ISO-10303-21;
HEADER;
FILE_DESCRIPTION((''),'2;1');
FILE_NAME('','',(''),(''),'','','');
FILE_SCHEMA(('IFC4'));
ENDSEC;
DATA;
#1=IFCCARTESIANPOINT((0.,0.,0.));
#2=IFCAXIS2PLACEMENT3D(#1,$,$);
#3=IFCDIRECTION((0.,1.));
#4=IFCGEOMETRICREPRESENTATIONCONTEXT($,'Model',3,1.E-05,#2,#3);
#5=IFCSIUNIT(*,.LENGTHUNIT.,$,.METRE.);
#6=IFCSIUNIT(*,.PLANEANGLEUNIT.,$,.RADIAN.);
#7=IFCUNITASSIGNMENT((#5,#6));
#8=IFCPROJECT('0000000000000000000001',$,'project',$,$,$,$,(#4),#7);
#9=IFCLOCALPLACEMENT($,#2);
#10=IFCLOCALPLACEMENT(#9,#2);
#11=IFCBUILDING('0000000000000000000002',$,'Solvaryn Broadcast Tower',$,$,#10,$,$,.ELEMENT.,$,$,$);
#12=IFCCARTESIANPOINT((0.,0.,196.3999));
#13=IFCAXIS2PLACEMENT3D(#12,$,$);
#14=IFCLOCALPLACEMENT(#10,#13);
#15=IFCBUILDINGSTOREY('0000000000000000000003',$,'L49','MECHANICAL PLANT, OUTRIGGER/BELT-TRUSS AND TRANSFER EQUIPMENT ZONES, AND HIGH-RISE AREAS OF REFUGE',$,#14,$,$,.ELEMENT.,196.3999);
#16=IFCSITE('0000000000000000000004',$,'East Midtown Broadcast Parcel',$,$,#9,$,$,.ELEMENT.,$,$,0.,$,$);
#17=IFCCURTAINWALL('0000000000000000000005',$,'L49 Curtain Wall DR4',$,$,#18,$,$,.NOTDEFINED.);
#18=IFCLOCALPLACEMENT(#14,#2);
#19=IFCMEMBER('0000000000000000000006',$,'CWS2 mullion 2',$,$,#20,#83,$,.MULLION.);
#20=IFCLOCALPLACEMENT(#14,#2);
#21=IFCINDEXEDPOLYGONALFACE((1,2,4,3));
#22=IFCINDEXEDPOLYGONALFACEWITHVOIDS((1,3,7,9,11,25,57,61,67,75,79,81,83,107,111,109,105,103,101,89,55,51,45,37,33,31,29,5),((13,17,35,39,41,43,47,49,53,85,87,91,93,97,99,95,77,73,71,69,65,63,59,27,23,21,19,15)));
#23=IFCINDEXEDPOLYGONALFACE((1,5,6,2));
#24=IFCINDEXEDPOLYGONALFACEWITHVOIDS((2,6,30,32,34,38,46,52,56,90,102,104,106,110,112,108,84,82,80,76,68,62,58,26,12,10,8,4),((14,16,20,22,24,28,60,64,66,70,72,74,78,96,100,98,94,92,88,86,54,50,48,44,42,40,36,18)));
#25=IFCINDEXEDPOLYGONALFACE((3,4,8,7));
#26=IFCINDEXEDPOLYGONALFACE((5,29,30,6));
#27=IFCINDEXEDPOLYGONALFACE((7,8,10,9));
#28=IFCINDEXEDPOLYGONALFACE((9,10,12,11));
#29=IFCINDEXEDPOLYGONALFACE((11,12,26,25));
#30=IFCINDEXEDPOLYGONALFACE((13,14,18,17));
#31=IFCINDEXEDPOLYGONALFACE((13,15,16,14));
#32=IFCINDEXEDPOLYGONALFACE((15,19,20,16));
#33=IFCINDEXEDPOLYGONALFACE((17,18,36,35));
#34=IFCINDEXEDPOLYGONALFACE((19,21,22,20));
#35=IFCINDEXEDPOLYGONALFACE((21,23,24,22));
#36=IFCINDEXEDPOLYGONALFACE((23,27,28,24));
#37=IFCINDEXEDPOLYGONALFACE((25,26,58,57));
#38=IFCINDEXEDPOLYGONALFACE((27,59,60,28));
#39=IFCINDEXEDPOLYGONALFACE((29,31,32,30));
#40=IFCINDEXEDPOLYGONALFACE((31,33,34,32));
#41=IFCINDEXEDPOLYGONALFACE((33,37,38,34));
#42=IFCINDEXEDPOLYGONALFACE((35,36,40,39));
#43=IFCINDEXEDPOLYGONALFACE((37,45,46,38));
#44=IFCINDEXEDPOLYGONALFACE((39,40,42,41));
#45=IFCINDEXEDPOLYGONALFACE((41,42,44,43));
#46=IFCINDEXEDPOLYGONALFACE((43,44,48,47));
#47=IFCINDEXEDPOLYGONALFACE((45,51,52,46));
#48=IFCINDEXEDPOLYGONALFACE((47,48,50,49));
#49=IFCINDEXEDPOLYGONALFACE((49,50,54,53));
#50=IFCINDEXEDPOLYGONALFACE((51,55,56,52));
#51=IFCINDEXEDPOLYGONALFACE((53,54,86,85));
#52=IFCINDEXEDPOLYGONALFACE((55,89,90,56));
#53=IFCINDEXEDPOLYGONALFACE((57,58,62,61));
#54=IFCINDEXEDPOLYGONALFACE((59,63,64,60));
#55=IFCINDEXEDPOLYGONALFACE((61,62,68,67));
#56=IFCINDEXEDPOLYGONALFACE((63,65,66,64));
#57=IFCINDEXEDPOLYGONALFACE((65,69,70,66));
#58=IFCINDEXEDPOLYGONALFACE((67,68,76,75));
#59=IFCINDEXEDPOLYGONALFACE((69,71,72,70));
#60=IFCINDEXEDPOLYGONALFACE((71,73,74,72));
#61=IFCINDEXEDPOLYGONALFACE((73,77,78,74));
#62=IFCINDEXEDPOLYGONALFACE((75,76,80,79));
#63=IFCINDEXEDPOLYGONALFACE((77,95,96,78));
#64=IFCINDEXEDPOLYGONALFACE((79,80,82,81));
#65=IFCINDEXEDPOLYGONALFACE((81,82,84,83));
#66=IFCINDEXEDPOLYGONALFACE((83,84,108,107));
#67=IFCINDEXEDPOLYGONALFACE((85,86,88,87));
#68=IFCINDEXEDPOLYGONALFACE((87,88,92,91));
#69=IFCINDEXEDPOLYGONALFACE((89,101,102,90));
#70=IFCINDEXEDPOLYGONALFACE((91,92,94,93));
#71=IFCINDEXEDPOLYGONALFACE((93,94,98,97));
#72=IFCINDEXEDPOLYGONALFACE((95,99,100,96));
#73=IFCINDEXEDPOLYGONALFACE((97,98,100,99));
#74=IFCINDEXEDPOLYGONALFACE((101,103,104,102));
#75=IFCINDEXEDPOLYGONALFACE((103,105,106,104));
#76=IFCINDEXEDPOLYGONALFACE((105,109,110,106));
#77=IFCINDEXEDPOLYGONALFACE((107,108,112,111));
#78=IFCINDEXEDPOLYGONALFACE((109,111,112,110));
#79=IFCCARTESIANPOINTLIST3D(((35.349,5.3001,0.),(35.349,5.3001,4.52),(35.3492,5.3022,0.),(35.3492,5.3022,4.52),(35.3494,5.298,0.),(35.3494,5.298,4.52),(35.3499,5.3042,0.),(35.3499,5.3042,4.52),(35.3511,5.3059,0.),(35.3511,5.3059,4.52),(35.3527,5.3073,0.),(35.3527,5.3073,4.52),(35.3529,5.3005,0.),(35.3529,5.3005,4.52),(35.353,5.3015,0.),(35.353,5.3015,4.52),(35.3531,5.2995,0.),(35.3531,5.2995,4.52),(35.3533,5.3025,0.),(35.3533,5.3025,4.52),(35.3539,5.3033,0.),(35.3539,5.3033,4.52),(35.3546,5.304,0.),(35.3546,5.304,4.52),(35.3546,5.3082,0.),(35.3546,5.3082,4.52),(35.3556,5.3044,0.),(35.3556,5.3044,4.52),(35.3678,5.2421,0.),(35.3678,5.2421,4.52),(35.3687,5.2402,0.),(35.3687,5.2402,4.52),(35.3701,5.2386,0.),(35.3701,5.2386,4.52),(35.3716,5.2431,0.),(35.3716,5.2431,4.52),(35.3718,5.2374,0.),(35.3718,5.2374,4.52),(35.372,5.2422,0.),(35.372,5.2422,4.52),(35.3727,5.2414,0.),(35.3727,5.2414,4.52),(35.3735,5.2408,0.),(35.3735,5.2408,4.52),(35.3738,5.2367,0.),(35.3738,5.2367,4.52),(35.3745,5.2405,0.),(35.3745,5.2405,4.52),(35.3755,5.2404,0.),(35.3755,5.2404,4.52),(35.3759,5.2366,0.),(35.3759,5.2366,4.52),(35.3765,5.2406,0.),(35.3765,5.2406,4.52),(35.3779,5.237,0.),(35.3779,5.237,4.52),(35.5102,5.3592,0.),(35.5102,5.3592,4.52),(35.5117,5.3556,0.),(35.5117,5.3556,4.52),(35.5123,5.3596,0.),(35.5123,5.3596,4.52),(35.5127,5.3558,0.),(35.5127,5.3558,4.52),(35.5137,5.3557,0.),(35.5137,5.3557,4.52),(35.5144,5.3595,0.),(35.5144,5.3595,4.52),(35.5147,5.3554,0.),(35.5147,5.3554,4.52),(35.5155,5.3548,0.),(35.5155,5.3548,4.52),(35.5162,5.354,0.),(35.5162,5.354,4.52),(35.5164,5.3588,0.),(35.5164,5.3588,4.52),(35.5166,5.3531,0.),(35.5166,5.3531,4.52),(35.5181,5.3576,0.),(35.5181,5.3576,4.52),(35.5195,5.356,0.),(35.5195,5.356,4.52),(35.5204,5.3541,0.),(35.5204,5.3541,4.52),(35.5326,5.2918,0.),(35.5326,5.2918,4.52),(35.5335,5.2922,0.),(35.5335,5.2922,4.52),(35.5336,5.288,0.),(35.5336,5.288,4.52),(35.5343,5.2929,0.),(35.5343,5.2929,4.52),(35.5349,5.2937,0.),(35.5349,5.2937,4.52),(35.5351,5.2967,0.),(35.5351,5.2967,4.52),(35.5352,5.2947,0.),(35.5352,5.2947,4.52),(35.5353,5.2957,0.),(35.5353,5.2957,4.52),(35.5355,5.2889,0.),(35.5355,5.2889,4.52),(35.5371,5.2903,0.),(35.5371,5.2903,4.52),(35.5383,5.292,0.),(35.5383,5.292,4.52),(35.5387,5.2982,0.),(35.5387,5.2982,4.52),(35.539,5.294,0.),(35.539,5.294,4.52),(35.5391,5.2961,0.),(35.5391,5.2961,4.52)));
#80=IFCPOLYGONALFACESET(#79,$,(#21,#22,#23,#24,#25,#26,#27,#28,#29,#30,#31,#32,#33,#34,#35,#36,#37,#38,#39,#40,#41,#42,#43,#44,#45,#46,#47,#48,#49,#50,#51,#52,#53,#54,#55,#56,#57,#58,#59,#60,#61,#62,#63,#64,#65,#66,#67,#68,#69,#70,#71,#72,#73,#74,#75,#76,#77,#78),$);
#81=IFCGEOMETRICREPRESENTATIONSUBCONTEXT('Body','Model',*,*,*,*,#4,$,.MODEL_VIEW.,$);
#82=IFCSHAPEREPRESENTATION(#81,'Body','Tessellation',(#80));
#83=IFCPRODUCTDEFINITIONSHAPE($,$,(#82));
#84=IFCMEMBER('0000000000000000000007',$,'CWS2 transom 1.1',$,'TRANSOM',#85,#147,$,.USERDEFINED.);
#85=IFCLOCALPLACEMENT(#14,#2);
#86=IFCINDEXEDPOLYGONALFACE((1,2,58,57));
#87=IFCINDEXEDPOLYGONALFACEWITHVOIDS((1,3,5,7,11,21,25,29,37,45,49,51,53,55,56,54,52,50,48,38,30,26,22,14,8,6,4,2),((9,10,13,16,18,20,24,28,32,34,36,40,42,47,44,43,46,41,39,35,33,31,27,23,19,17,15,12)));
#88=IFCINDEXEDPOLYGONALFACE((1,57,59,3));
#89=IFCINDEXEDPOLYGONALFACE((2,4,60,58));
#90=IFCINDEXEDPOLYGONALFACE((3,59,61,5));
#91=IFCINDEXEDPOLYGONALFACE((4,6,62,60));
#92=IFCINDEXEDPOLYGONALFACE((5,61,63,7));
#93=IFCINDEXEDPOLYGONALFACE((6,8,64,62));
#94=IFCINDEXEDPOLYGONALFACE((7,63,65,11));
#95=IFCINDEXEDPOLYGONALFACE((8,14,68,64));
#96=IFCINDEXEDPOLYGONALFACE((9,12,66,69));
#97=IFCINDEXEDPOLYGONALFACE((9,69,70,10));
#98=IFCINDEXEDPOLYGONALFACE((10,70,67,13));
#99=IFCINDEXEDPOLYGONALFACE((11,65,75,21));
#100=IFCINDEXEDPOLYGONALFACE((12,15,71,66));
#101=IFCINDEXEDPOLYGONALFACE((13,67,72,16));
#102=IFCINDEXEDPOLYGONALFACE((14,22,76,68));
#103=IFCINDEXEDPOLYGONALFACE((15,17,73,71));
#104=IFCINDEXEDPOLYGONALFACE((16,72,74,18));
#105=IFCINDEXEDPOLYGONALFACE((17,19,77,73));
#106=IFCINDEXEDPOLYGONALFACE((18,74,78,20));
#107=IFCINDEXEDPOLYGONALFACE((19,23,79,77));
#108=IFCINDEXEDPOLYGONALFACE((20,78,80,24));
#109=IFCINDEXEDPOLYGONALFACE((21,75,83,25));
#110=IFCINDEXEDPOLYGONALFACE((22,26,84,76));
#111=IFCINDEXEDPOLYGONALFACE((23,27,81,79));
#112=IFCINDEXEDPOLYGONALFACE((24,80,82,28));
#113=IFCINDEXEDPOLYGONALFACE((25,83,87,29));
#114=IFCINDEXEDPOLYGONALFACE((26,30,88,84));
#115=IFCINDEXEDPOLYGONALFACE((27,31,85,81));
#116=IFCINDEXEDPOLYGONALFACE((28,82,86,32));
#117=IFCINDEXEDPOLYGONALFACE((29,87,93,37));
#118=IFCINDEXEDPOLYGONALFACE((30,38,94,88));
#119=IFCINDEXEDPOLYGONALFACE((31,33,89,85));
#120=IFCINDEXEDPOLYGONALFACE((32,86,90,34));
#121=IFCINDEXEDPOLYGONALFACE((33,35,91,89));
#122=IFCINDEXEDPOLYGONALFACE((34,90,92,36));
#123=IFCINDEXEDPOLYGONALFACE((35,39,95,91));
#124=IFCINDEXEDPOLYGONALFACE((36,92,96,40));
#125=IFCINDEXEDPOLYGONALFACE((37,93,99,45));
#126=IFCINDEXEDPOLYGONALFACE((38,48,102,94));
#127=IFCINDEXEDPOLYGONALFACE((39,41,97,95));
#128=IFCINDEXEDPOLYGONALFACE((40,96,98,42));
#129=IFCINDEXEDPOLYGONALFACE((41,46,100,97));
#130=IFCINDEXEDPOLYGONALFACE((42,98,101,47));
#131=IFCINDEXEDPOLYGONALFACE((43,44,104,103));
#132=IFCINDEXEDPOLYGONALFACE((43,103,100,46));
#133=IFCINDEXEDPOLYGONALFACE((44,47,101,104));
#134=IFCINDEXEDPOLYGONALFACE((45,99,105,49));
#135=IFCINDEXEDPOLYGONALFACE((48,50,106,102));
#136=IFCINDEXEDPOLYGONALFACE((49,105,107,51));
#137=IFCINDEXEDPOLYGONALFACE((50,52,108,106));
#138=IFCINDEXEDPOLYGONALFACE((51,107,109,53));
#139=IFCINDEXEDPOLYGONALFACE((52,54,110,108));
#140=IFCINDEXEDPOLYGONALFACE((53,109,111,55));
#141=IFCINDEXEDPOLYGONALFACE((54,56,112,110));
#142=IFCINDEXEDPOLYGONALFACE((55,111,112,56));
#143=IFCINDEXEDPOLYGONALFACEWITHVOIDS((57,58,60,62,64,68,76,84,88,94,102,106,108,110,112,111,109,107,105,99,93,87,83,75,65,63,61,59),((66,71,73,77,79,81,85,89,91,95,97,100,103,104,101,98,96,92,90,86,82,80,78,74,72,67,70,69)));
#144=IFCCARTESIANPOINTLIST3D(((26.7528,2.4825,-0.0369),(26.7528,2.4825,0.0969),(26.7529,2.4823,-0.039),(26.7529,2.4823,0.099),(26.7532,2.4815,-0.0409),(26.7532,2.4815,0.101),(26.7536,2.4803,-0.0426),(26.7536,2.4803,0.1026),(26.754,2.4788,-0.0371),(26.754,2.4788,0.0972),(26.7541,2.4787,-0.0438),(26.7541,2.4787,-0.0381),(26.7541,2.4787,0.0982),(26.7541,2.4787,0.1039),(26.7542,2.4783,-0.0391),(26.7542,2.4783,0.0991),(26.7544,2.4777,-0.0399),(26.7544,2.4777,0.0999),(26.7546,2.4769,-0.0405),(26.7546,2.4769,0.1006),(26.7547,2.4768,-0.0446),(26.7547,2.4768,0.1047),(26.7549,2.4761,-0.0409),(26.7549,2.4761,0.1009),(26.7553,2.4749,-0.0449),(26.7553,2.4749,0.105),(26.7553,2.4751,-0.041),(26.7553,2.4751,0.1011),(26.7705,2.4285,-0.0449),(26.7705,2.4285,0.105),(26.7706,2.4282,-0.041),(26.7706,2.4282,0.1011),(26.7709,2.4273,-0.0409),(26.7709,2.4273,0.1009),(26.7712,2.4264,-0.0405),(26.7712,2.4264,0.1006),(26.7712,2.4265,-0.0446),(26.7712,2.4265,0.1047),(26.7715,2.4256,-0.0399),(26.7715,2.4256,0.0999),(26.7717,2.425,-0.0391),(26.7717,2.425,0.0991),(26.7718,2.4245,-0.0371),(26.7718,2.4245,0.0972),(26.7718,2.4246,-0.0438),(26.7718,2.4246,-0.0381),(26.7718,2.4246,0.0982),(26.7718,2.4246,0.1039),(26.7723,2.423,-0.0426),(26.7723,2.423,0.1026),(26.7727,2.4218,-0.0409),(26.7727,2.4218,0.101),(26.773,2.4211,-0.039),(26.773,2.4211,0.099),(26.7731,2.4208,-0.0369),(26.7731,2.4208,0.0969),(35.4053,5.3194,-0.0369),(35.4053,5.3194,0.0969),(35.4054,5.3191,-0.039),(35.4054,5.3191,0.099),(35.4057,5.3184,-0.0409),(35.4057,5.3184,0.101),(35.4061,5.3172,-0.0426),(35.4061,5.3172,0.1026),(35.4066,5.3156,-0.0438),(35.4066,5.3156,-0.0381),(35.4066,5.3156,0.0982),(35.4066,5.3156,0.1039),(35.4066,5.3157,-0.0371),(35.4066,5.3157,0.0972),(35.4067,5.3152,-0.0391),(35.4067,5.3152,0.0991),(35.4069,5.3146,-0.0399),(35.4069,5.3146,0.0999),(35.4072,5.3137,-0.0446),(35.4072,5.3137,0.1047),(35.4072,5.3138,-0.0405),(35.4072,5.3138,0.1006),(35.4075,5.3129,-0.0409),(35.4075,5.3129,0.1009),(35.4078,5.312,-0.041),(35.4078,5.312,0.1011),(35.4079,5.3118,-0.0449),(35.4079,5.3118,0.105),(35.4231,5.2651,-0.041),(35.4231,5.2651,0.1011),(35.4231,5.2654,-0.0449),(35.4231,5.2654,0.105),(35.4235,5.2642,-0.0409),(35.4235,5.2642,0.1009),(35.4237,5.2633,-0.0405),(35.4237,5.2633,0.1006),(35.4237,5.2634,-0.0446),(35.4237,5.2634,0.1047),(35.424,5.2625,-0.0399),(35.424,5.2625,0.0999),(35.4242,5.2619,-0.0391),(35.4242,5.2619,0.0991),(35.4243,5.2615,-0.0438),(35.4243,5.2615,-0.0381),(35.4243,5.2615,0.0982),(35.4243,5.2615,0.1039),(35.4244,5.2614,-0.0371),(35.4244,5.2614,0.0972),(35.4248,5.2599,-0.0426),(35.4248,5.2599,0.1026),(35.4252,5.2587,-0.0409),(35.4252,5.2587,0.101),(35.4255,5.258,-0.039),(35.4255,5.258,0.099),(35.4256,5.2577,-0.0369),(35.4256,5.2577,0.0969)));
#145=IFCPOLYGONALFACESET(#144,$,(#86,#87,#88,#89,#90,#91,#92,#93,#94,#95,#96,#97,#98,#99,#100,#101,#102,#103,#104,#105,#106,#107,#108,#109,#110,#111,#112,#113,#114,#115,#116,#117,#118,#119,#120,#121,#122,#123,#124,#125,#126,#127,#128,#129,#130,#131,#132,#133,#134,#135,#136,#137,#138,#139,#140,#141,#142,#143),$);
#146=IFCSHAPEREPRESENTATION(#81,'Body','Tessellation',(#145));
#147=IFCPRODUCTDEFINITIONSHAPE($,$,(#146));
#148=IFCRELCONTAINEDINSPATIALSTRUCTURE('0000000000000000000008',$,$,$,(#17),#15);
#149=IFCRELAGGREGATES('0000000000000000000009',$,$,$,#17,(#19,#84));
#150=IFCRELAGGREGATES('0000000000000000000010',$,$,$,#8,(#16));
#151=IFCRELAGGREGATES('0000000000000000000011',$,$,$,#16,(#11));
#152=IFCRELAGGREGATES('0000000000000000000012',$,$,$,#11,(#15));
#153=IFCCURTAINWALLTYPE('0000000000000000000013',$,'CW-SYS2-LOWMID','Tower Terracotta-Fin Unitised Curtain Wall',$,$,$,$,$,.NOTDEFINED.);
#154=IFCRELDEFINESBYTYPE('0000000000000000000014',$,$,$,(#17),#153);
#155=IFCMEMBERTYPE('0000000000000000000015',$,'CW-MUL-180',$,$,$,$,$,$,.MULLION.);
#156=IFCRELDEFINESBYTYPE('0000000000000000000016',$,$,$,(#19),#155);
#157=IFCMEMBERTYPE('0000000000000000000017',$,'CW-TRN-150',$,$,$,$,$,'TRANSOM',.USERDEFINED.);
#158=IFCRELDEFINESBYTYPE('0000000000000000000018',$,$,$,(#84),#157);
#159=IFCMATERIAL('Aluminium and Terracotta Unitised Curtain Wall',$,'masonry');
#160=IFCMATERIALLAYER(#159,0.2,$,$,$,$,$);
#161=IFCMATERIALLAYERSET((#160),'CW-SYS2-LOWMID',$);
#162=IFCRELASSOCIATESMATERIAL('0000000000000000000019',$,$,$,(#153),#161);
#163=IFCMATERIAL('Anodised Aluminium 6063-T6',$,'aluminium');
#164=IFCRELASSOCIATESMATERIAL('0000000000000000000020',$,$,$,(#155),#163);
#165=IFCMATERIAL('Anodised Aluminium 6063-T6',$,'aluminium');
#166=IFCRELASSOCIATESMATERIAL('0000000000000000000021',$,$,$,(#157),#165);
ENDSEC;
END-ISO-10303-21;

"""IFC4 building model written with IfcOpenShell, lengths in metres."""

from ifc_helpers import new_model, si_unit, direction, frame, origin, origin_2d, place, context, subcontext, project, spatial, hollow_rectangle, extrude, material, layer, layer_set, material_profile, profile_set, type_object, element, aggregate, save


model = new_model("IFC4")

# Units and contexts
model_context = context("Model", 3, precision=1e-05, world=origin(), true_north=direction((0.0, 1.0)))
body_context = subcontext(model_context, "Body", "Model", "MODEL_VIEW")
ifc_project = project(units=[si_unit("LENGTHUNIT", "METRE"), si_unit("PLANEANGLEUNIT", "RADIAN")], contexts=[model_context])

# Site, building, storey
site_placement = place(None, origin())
site = spatial("IfcSite", under=ifc_project, at=site_placement, Name="East Midtown Broadcast Parcel", CompositionType="ELEMENT", RefElevation=0.0)
building_placement = place(site_placement, origin())
building = spatial("IfcBuilding", under=site, at=building_placement, Name="Solvaryn Broadcast Tower", CompositionType="ELEMENT")
storey_placement = place(building_placement, frame((0.0, 0.0, 196.3999)))
storey = spatial("IfcBuildingStorey", under=building, at=storey_placement, Name="L49", Description="MECHANICAL PLANT, OUTRIGGER/BELT-TRUSS AND TRANSFER EQUIPMENT ZONES, AND HIGH-RISE AREAS OF REFUGE", CompositionType="ELEMENT", Elevation=196.3999)

# Shared definitions
ifc_material_1 = material(Name="Aluminium and Terracotta Unitised Curtain Wall", Category="masonry")
ifc_layer_1 = layer(ifc_material_1, 0.2)
ifc_layer_set_1 = layer_set([ifc_layer_1], Name="CW-SYS2-LOWMID")
curtain_wall_type = type_object("IfcCurtainWallType", Name="CW-SYS2-LOWMID", Description="Tower Terracotta-Fin Unitised Curtain Wall", PredefinedType="NOTDEFINED", material=ifc_layer_set_1)
ifc_material_2 = material(Name="Anodised Aluminium 6063-T6", Category="aluminium")
ifc_material_profile_1 = material_profile(ifc_material_2, hollow_rectangle(XDim=0.075, YDim=0.1799, WallThickness=0.0039, InnerFilletRadius=0.0039, OuterFilletRadius=0.0081, at=origin_2d()))
ifc_profile_set_1 = profile_set([ifc_material_profile_1], Name="Anodised Aluminium 6063-T6")
member_type_1 = type_object("IfcMemberType", Name="CW-MUL-180", PredefinedType="MULLION", material=ifc_profile_set_1)

# Curtain wall, members
curtain_wall_1_placement = place(storey_placement, origin())
curtain_wall_1 = element("IfcCurtainWall", 1, at=curtain_wall_1_placement, inside=storey, type_object=curtain_wall_type, Name="L49 Curtain Wall DR4", PredefinedType="NOTDEFINED")
member_1_placement = place(storey_placement, frame((35.4441, 5.2981, 0.0), z_axis=(0.0, 0.0, 1.0), x_axis=(-0.311559, 0.950227, 0.0)))
member_1 = element("IfcMember", 2, at=member_1_placement, type_object=member_type_1, Name="CWS2 mullion 2", PredefinedType="MULLION", context=body_context, shape_type="SweptSolid", body=[
    extrude(hollow_rectangle(XDim=0.075, YDim=0.1799, WallThickness=0.0039, InnerFilletRadius=0.0039, OuterFilletRadius=0.0081, at=origin_2d()), origin(), (0.0, 0.0, 1.0), 4.52),
])
ifc_material_3 = material(Name="Anodised Aluminium 6063-T6", Category="aluminium")
ifc_material_profile_2 = material_profile(ifc_material_3, hollow_rectangle(XDim=0.0649, YDim=0.1499, WallThickness=0.0039, InnerFilletRadius=0.0039, OuterFilletRadius=0.0081, at=origin_2d()))
ifc_profile_set_2 = profile_set([ifc_material_profile_2], Name="Anodised Aluminium 6063-T6")
member_type_2 = type_object("IfcMemberType", Name="CW-TRN-150", ElementType="TRANSOM", PredefinedType="USERDEFINED", material=ifc_profile_set_2)
member_2_placement = place(storey_placement, frame((26.7629, 2.4517, 0.03), z_axis=(0.95023, 0.311551, 0.0), x_axis=(-0.311551, 0.95023, 0.0)))
member_2 = element("IfcMember", 3, at=member_2_placement, type_object=member_type_2, Name="CWS2 transom 1.1", ObjectType="TRANSOM", PredefinedType="USERDEFINED", context=body_context, shape_type="SweptSolid", body=[
    extrude(hollow_rectangle(XDim=0.0649, YDim=0.1499, WallThickness=0.0039, InnerFilletRadius=0.0039, OuterFilletRadius=0.0081, at=origin_2d()), origin(), (0.0, 0.0, 1.0), 9.1057),
])

aggregate(curtain_wall_1, [member_1, member_2])

save(model, "model.ifc")
